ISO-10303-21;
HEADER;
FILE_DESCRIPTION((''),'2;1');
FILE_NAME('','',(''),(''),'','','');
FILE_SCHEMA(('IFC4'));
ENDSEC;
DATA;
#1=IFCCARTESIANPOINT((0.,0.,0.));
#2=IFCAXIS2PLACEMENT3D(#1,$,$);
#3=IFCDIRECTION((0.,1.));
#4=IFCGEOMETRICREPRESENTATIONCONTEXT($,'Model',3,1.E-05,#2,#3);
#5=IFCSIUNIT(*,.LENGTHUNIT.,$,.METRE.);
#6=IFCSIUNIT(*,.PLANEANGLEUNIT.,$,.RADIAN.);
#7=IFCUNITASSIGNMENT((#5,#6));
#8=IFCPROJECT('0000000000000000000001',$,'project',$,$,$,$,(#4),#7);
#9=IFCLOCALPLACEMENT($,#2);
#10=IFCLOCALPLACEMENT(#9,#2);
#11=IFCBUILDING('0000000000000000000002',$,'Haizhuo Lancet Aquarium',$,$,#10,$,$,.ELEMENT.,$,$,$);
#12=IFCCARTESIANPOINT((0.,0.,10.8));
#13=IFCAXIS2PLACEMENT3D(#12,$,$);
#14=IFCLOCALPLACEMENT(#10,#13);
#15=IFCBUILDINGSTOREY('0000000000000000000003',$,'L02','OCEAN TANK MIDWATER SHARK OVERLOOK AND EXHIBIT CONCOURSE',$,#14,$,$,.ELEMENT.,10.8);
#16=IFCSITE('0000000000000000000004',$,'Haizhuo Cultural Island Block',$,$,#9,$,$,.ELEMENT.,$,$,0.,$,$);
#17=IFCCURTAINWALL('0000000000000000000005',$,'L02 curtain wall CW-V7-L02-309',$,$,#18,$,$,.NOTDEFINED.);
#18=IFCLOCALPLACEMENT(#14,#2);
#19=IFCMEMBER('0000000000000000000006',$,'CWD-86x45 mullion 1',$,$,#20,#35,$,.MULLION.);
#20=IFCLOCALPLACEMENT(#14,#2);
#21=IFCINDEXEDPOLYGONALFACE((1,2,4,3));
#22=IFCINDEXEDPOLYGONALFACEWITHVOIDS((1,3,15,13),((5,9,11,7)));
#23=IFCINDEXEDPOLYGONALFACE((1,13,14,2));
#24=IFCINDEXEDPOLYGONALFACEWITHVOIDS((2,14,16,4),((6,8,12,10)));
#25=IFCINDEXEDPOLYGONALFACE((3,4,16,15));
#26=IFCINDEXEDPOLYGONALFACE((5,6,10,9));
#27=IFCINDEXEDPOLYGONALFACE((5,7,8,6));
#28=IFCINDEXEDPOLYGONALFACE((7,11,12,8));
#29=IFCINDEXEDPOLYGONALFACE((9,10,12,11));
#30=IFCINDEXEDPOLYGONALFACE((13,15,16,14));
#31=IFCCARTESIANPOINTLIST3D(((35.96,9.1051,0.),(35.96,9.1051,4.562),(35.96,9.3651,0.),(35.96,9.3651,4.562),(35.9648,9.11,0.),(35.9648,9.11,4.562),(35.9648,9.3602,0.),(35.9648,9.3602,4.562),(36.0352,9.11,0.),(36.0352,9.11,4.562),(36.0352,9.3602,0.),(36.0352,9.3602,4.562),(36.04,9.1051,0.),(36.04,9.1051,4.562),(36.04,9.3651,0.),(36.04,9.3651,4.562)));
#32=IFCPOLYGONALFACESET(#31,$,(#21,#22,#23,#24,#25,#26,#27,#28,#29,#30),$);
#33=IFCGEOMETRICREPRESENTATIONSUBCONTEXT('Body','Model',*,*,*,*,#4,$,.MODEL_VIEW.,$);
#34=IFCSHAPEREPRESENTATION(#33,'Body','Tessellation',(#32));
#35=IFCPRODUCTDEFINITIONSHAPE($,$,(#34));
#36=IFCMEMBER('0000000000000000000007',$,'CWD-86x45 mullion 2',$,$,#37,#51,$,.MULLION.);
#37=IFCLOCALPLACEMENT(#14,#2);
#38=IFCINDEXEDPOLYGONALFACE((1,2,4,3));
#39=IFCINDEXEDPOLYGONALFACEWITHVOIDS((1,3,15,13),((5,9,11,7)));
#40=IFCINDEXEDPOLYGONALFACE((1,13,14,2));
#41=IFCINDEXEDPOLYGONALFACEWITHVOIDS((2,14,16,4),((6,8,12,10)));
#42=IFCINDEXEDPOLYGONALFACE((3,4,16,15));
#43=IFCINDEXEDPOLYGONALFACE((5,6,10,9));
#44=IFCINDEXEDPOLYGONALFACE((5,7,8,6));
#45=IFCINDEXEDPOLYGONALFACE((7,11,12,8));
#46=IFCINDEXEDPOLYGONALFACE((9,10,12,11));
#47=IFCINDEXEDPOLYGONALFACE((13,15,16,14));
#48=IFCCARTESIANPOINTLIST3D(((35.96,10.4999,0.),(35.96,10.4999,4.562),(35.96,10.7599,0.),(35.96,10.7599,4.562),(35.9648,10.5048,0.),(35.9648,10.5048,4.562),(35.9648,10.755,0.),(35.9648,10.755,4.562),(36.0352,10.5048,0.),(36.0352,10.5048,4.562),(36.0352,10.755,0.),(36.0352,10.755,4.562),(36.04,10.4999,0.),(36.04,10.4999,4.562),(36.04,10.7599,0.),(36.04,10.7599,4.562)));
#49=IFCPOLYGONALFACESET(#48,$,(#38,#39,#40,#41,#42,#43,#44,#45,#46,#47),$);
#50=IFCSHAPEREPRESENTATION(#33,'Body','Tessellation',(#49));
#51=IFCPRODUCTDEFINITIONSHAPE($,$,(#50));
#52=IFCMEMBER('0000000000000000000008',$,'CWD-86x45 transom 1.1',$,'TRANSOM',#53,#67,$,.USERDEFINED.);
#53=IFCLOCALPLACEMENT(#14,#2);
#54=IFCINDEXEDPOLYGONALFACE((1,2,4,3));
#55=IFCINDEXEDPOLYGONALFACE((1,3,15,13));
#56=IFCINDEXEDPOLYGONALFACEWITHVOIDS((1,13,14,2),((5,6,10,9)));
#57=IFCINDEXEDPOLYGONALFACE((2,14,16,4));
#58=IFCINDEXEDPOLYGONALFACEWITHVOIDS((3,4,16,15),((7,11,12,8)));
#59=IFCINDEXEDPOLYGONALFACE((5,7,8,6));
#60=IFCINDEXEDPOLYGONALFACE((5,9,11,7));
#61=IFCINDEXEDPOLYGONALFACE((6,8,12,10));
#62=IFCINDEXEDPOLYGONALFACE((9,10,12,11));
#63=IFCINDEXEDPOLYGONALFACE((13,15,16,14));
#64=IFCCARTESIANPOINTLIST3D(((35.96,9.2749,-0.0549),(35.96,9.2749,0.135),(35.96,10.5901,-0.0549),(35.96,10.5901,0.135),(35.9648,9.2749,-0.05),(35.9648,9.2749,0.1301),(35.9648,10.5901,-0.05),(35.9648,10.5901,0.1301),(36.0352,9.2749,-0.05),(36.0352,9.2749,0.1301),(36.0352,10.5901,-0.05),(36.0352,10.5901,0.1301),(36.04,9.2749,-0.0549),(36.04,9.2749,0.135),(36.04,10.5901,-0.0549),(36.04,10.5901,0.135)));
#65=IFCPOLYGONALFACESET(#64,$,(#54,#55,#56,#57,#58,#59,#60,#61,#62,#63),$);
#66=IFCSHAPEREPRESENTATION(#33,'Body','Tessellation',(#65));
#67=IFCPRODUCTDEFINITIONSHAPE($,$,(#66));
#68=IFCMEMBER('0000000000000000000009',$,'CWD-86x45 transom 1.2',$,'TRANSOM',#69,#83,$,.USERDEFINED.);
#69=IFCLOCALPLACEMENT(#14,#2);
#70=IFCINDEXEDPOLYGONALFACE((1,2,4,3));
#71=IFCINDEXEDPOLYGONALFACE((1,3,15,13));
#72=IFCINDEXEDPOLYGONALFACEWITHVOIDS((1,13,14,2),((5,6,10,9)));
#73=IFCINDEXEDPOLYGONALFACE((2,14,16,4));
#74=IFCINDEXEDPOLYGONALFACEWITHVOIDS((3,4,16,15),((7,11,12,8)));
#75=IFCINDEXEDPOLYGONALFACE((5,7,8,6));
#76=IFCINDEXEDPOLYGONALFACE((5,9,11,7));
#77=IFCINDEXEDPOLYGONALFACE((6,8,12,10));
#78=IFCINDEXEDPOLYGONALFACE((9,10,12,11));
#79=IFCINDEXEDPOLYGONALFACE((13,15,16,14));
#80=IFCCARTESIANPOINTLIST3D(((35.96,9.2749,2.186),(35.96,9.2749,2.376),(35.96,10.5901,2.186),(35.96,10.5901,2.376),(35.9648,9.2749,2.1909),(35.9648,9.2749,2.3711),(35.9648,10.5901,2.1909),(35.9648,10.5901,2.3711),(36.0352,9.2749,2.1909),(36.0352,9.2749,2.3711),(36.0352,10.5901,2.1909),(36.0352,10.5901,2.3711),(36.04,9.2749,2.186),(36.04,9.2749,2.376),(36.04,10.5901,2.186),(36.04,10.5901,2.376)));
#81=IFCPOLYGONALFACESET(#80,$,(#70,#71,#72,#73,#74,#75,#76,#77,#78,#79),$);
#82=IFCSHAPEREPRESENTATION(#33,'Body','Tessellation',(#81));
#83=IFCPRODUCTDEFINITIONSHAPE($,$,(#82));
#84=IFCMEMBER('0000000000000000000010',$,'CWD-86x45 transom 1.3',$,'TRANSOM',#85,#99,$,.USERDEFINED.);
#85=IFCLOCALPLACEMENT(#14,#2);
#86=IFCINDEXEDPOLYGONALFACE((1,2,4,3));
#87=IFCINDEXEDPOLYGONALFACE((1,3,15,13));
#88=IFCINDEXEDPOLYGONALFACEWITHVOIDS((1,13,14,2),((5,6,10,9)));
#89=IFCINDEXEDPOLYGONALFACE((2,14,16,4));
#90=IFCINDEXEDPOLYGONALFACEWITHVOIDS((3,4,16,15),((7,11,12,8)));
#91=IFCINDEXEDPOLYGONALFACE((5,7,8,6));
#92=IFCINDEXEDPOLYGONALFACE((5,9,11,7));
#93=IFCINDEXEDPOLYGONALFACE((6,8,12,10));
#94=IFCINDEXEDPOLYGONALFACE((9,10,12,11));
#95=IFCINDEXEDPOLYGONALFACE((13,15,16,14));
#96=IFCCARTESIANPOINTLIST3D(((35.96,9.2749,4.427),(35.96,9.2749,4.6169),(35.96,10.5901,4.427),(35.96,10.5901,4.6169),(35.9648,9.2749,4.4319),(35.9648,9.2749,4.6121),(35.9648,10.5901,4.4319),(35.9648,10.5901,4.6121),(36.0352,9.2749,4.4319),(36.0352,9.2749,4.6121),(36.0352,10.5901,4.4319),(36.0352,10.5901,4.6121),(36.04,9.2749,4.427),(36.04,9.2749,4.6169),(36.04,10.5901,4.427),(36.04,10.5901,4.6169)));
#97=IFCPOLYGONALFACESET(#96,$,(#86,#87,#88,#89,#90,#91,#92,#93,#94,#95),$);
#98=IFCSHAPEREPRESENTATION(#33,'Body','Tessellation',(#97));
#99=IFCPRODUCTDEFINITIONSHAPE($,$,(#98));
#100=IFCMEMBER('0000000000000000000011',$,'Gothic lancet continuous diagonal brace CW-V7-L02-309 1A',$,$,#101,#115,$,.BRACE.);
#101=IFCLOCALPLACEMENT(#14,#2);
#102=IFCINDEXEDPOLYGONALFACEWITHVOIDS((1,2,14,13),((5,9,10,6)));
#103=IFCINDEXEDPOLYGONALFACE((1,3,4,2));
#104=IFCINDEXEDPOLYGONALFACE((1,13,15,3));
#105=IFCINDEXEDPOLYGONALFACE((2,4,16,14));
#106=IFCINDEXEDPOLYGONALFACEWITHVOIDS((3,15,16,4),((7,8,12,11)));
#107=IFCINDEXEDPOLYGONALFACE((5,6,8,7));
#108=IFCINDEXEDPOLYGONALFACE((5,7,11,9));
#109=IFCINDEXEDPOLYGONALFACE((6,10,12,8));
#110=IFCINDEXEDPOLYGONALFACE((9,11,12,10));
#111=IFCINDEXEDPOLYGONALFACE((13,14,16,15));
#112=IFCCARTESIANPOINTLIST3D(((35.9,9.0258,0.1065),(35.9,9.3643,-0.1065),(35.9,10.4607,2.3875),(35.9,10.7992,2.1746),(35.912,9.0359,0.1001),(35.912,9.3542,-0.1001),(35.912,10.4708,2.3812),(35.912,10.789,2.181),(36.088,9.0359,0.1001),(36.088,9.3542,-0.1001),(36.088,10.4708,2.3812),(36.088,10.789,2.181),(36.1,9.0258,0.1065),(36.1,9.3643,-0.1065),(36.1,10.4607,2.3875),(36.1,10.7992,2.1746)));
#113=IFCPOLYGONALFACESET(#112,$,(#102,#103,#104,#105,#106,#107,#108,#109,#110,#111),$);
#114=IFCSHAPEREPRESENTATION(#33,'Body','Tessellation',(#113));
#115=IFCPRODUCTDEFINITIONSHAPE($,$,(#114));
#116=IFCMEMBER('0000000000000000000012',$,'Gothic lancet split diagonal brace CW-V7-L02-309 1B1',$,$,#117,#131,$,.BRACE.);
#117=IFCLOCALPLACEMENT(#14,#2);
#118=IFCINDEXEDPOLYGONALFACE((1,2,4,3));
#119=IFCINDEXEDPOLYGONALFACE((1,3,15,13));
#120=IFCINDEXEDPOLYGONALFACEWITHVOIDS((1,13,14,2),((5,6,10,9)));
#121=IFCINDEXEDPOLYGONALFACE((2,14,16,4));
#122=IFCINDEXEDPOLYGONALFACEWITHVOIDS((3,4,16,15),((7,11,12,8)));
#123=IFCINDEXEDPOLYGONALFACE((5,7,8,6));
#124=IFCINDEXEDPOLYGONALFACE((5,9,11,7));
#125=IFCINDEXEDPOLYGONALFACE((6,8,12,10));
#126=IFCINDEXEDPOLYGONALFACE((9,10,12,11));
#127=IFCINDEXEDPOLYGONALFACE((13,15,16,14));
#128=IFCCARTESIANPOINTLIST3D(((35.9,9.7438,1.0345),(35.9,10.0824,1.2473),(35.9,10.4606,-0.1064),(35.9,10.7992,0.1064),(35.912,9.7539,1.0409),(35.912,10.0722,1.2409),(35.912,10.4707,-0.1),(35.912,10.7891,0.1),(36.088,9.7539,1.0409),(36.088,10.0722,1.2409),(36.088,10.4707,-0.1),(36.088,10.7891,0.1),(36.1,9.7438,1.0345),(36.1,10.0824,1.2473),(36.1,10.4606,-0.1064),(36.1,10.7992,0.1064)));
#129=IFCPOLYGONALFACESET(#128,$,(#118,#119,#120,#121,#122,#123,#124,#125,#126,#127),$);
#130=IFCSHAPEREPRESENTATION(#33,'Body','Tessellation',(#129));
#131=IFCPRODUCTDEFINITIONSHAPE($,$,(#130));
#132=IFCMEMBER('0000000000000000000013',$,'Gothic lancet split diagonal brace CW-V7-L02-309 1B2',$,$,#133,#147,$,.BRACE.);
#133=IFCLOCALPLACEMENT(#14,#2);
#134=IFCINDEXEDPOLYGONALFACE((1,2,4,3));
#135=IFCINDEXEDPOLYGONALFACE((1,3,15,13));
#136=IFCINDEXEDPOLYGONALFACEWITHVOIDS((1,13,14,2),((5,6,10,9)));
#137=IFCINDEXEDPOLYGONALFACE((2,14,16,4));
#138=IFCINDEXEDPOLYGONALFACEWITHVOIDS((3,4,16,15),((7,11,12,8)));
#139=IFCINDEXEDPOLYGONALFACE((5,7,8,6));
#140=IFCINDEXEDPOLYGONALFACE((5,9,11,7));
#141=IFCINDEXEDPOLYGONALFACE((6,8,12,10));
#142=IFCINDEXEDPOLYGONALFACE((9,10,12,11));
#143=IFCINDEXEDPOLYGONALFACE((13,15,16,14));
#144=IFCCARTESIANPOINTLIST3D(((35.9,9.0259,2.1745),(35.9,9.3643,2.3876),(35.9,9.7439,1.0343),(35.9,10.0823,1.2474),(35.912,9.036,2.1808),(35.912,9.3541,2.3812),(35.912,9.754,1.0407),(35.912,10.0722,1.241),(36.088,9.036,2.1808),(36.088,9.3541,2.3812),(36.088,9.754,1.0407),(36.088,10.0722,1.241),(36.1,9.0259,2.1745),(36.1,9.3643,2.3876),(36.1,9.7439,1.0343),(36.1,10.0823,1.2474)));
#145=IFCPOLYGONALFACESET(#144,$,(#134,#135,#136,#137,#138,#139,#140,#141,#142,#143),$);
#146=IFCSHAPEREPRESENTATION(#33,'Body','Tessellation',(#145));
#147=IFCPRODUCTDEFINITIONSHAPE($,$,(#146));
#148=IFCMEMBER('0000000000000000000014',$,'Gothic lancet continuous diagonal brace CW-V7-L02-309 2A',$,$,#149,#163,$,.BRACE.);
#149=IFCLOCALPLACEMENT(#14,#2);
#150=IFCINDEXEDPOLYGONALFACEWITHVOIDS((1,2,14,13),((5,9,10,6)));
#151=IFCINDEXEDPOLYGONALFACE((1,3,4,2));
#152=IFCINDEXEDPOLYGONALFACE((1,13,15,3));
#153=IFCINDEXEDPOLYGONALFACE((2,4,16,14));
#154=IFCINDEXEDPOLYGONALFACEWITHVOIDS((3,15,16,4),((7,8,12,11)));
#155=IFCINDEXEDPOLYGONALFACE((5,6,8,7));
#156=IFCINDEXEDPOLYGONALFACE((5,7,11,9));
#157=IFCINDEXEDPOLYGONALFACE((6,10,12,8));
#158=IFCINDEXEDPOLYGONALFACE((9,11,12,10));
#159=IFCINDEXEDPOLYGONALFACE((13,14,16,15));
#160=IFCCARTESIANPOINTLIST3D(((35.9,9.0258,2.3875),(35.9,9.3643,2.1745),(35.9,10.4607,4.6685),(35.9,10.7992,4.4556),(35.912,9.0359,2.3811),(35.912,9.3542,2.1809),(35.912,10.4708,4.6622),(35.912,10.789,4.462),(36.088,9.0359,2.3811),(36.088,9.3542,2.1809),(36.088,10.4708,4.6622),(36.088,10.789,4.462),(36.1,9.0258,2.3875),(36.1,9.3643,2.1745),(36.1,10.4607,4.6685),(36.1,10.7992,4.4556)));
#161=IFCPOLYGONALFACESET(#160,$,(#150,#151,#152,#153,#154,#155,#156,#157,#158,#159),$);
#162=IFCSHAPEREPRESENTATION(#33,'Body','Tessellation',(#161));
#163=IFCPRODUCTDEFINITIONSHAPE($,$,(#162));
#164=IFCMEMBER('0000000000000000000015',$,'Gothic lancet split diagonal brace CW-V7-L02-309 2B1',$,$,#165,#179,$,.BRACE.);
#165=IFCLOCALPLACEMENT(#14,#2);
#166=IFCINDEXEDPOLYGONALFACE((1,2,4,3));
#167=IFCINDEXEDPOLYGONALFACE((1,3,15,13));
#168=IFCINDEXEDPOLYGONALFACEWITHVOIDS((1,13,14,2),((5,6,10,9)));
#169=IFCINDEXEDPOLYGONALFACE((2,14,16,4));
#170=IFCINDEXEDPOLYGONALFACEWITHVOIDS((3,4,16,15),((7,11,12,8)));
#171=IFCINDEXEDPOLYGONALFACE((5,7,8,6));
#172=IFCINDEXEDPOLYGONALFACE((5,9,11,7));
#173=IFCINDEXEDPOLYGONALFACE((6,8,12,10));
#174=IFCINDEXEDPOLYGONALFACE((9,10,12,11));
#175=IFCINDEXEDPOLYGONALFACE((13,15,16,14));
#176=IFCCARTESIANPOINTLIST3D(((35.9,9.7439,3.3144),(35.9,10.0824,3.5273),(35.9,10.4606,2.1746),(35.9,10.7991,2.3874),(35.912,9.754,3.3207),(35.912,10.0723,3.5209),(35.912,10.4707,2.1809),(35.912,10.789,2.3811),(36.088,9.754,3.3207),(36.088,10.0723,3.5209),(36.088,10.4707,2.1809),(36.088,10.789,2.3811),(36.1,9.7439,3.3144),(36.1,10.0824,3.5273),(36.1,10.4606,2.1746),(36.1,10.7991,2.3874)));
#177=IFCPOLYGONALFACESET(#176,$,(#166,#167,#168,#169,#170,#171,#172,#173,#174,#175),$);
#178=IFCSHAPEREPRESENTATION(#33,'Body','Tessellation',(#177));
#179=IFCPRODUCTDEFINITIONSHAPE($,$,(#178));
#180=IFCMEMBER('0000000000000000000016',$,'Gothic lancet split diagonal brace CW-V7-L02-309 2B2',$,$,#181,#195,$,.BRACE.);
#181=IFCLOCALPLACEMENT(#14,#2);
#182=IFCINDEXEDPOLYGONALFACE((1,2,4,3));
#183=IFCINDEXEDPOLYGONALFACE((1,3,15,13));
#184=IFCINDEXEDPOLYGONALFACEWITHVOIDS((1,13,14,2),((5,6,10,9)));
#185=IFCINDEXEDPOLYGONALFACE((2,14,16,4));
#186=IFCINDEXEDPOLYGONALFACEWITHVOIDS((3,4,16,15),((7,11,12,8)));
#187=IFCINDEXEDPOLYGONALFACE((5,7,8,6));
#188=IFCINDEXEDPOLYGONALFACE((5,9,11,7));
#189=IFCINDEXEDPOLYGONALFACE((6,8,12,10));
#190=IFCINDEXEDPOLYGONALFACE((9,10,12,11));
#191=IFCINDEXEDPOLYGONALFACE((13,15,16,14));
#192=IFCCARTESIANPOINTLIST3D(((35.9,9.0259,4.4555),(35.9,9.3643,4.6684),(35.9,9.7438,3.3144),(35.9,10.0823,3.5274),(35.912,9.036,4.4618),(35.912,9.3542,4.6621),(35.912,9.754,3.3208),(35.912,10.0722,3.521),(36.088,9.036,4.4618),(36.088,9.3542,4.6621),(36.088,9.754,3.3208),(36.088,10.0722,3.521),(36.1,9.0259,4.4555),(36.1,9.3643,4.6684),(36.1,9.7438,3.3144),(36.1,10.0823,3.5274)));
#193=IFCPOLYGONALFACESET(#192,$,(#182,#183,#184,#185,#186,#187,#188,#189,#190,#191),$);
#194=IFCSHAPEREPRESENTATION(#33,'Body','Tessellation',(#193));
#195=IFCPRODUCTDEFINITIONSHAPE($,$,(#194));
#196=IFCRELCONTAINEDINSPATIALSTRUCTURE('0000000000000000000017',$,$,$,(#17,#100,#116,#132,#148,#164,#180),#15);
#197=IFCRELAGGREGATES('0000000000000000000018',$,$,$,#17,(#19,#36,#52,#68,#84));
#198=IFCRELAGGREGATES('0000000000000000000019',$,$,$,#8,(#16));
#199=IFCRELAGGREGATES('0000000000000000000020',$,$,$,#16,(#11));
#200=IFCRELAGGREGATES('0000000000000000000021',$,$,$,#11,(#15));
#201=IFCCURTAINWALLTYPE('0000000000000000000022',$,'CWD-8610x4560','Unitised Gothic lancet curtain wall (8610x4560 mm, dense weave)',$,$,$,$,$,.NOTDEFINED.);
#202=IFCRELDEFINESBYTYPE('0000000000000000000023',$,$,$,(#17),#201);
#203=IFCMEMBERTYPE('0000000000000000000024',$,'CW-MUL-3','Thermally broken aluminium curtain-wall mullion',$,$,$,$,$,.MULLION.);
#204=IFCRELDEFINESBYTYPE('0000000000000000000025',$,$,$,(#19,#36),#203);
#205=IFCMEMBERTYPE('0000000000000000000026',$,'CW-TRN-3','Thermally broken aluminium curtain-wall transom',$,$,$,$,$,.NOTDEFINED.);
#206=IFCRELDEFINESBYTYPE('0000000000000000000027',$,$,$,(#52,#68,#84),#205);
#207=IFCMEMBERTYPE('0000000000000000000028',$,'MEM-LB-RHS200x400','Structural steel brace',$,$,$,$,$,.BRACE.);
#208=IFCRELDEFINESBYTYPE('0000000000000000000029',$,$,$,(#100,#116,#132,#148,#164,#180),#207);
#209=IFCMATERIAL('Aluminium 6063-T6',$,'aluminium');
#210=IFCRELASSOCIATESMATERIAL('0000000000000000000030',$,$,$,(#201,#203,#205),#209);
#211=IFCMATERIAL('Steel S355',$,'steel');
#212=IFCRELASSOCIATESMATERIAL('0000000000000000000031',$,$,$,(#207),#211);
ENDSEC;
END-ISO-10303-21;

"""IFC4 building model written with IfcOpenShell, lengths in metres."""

from ifc_helpers import new_model, si_unit, direction, frame, origin, origin_2d, place, context, subcontext, project, spatial, hollow_rectangle, extrude, material, material_profile, profile_set, type_object, element, aggregate, save


model = new_model("IFC4")

# Units and contexts
model_context = context("Model", 3, precision=1e-05, world=origin(), true_north=direction((0.0, 1.0)))
body_context = subcontext(model_context, "Body", "Model", "MODEL_VIEW")
ifc_project = project(units=[si_unit("LENGTHUNIT", "METRE"), si_unit("PLANEANGLEUNIT", "RADIAN")], contexts=[model_context])

# Site, building, storey
site_placement = place(None, origin())
site = spatial("IfcSite", under=ifc_project, at=site_placement, Name="Haizhuo Cultural Island Block", CompositionType="ELEMENT", RefElevation=0.0)
building_placement = place(site_placement, origin())
building = spatial("IfcBuilding", under=site, at=building_placement, Name="Haizhuo Lancet Aquarium", CompositionType="ELEMENT")
storey_placement = place(building_placement, frame((0.0, 0.0, 10.8)))
storey = spatial("IfcBuildingStorey", under=building, at=storey_placement, Name="L02", Description="OCEAN TANK MIDWATER SHARK OVERLOOK AND EXHIBIT CONCOURSE", CompositionType="ELEMENT", Elevation=10.8)

# Curtain wall, members
ifc_material_1 = material(Name="Aluminium 6063-T6", Category="aluminium")
curtain_wall_type = type_object("IfcCurtainWallType", Name="CWD-8610x4560", Description="Unitised Gothic lancet curtain wall (8610x4560 mm, dense weave)", PredefinedType="NOTDEFINED", material=ifc_material_1)
curtain_wall_placement = place(storey_placement, origin())
curtain_wall = element("IfcCurtainWall", 1, at=curtain_wall_placement, inside=storey, type_object=curtain_wall_type, Name="L02 curtain wall CW-V7-L02-309", PredefinedType="NOTDEFINED")
ifc_material_profile_1 = material_profile(ifc_material_1, hollow_rectangle(XDim=0.0801, YDim=0.26, WallThickness=0.0049, at=origin_2d()), Name="ALU-M 80x260x5")
ifc_profile_set_1 = profile_set([ifc_material_profile_1], Name="Aluminium 6063-T6")
member_type_1 = type_object("IfcMemberType", Name="CW-MUL-3", Description="Thermally broken aluminium curtain-wall mullion", PredefinedType="MULLION", material=ifc_profile_set_1)
member_1_placement = place(storey_placement, frame((36.0, 9.2351, 0.0), z_axis=(0.0, 0.0, 1.0), x_axis=(-1.0, 0.0, 0.0)))
member_1 = element("IfcMember", 2, at=member_1_placement, type_object=member_type_1, Name="CWD-86x45 mullion 1", PredefinedType="MULLION", context=body_context, shape_type="SweptSolid", body=[
    extrude(hollow_rectangle(XDim=0.0801, YDim=0.26, WallThickness=0.0049, at=origin_2d()), origin(), (0.0, 0.0, 1.0), 4.562),
])
member_2_placement = place(storey_placement, frame((36.0, 10.6299, 0.0), z_axis=(0.0, 0.0, 1.0), x_axis=(-1.0, 0.0, 0.0)))
member_2 = element("IfcMember", 3, at=member_2_placement, type_object=member_type_1, Name="CWD-86x45 mullion 2", PredefinedType="MULLION", context=body_context, shape_type="SweptSolid", body=[
    extrude(hollow_rectangle(XDim=0.0801, YDim=0.26, WallThickness=0.0049, at=origin_2d()), origin(), (0.0, 0.0, 1.0), 4.562),
])
ifc_material_profile_2 = material_profile(ifc_material_1, hollow_rectangle(XDim=0.0801, YDim=0.1899, WallThickness=0.0049, at=origin_2d()), Name="ALU-T 80x190x5")
ifc_profile_set_2 = profile_set([ifc_material_profile_2], Name="Aluminium 6063-T6")
member_type_2 = type_object("IfcMemberType", Name="CW-TRN-3", Description="Thermally broken aluminium curtain-wall transom", PredefinedType="NOTDEFINED", material=ifc_profile_set_2)
member_3_placement = place(storey_placement, frame((36.0, 9.2749, 0.04), z_axis=(0.0, 1.0, 0.0), x_axis=(-1.0, 0.0, 0.0)))
member_3 = element("IfcMember", 4, at=member_3_placement, type_object=member_type_2, Name="CWD-86x45 transom 1.1", ObjectType="TRANSOM", PredefinedType="USERDEFINED", context=body_context, shape_type="SweptSolid", body=[
    extrude(hollow_rectangle(XDim=0.0801, YDim=0.1899, WallThickness=0.0049, at=origin_2d()), origin(), (0.0, 0.0, 1.0), 1.3152),
])
member_4_placement = place(storey_placement, frame((36.0, 9.2749, 2.281), z_axis=(0.0, 1.0, 0.0), x_axis=(-1.0, 0.0, 0.0)))
member_4 = element("IfcMember", 5, at=member_4_placement, type_object=member_type_2, Name="CWD-86x45 transom 1.2", ObjectType="TRANSOM", PredefinedType="USERDEFINED", context=body_context, shape_type="SweptSolid", body=[
    extrude(hollow_rectangle(XDim=0.0801, YDim=0.1899, WallThickness=0.0049, at=origin_2d()), origin(), (0.0, 0.0, 1.0), 1.3152),
])
member_5_placement = place(storey_placement, frame((36.0, 9.2749, 4.522), z_axis=(0.0, 1.0, 0.0), x_axis=(-1.0, 0.0, 0.0)))
member_5 = element("IfcMember", 6, at=member_5_placement, type_object=member_type_2, Name="CWD-86x45 transom 1.3", ObjectType="TRANSOM", PredefinedType="USERDEFINED", context=body_context, shape_type="SweptSolid", body=[
    extrude(hollow_rectangle(XDim=0.0801, YDim=0.1899, WallThickness=0.0049, at=origin_2d()), origin(), (0.0, 0.0, 1.0), 1.3152),
])

# Members
ifc_material_2 = material(Name="Steel S355", Category="steel")
ifc_material_profile_3 = material_profile(ifc_material_2, hollow_rectangle(XDim=0.2, YDim=0.3999, WallThickness=0.012, at=origin_2d()), Name="RHS 200x400x12")
ifc_profile_set_3 = profile_set([ifc_material_profile_3], Name="Steel S355")
member_type_3 = type_object("IfcMemberType", Name="MEM-LB-RHS200x400", Description="Structural steel brace", PredefinedType="BRACE", material=ifc_profile_set_3)
member_6_placement = place(storey_placement, frame((36.0, 9.1951, 0.0), z_axis=(0.0, 0.532448, 0.846463), x_axis=(-1.0, 0.0, 0.0)))
element("IfcMember", 7, at=member_6_placement, inside=storey, type_object=member_type_3, Name="Gothic lancet continuous diagonal brace CW-V7-L02-309 1A", PredefinedType="BRACE", context=body_context, shape_type="SweptSolid", body=[
    extrude(hollow_rectangle(XDim=0.2, YDim=0.3999, WallThickness=0.012, at=origin_2d()), origin(), (0.0, 0.0, 1.0), 2.6948),
])
for number, where, z_axis, x_axis, name in (
    (8, (36.0, 10.6299, 0.0), (0.0, -0.532001, 0.846744), (1.0, 0.0, 0.0), "Gothic lancet split diagonal brace CW-V7-L02-309 1B1"),
    (9, (36.0, 9.9131, 1.1409), (0.0, -0.532895, 0.846181), (1.0, 0.0, 0.0), "Gothic lancet split diagonal brace CW-V7-L02-309 1B2"),
):
    element("IfcMember", number, at=place(storey_placement, frame(where, z_axis=z_axis, x_axis=x_axis)), inside=storey, type_object=member_type_3, Name=name, PredefinedType="BRACE", context=body_context, shape_type="SweptSolid", body=[
        extrude(hollow_rectangle(XDim=0.2, YDim=0.3999, WallThickness=0.012, at=origin_2d()), origin(), (0.0, 0.0, 1.0), 1.3474),
    ])
member_7_placement = place(storey_placement, frame((36.0, 9.1951, 2.281), z_axis=(0.0, 0.532448, 0.846463), x_axis=(-1.0, 0.0, 0.0)))
element("IfcMember", 10, at=member_7_placement, inside=storey, type_object=member_type_3, Name="Gothic lancet continuous diagonal brace CW-V7-L02-309 2A", PredefinedType="BRACE", context=body_context, shape_type="SweptSolid", body=[
    extrude(hollow_rectangle(XDim=0.2, YDim=0.3999, WallThickness=0.012, at=origin_2d()), origin(), (0.0, 0.0, 1.0), 2.6948),
])
member_8_placement = place(storey_placement, frame((36.0, 10.6299, 2.281), z_axis=(0.0, -0.532327, 0.846539), x_axis=(1.0, 0.0, 0.0)))
element("IfcMember", 11, at=member_8_placement, inside=storey, type_object=member_type_3, Name="Gothic lancet split diagonal brace CW-V7-L02-309 2B1", PredefinedType="BRACE", context=body_context, shape_type="SweptSolid", body=[
    extrude(hollow_rectangle(XDim=0.2, YDim=0.3999, WallThickness=0.012, at=origin_2d()), origin(), (0.0, 0.0, 1.0), 1.3464),
])
member_9_placement = place(storey_placement, frame((36.0, 9.9131, 3.4209), z_axis=(0.0, -0.532568, 0.846387), x_axis=(1.0, 0.0, 0.0)))
element("IfcMember", 12, at=member_9_placement, inside=storey, type_object=member_type_3, Name="Gothic lancet split diagonal brace CW-V7-L02-309 2B2", PredefinedType="BRACE", context=body_context, shape_type="SweptSolid", body=[
    extrude(hollow_rectangle(XDim=0.2, YDim=0.3999, WallThickness=0.012, at=origin_2d()), origin(), (0.0, 0.0, 1.0), 1.3481),
])

aggregate(curtain_wall, [member_1, member_2, member_3, member_4, member_5])

save(model, "model.ifc")
